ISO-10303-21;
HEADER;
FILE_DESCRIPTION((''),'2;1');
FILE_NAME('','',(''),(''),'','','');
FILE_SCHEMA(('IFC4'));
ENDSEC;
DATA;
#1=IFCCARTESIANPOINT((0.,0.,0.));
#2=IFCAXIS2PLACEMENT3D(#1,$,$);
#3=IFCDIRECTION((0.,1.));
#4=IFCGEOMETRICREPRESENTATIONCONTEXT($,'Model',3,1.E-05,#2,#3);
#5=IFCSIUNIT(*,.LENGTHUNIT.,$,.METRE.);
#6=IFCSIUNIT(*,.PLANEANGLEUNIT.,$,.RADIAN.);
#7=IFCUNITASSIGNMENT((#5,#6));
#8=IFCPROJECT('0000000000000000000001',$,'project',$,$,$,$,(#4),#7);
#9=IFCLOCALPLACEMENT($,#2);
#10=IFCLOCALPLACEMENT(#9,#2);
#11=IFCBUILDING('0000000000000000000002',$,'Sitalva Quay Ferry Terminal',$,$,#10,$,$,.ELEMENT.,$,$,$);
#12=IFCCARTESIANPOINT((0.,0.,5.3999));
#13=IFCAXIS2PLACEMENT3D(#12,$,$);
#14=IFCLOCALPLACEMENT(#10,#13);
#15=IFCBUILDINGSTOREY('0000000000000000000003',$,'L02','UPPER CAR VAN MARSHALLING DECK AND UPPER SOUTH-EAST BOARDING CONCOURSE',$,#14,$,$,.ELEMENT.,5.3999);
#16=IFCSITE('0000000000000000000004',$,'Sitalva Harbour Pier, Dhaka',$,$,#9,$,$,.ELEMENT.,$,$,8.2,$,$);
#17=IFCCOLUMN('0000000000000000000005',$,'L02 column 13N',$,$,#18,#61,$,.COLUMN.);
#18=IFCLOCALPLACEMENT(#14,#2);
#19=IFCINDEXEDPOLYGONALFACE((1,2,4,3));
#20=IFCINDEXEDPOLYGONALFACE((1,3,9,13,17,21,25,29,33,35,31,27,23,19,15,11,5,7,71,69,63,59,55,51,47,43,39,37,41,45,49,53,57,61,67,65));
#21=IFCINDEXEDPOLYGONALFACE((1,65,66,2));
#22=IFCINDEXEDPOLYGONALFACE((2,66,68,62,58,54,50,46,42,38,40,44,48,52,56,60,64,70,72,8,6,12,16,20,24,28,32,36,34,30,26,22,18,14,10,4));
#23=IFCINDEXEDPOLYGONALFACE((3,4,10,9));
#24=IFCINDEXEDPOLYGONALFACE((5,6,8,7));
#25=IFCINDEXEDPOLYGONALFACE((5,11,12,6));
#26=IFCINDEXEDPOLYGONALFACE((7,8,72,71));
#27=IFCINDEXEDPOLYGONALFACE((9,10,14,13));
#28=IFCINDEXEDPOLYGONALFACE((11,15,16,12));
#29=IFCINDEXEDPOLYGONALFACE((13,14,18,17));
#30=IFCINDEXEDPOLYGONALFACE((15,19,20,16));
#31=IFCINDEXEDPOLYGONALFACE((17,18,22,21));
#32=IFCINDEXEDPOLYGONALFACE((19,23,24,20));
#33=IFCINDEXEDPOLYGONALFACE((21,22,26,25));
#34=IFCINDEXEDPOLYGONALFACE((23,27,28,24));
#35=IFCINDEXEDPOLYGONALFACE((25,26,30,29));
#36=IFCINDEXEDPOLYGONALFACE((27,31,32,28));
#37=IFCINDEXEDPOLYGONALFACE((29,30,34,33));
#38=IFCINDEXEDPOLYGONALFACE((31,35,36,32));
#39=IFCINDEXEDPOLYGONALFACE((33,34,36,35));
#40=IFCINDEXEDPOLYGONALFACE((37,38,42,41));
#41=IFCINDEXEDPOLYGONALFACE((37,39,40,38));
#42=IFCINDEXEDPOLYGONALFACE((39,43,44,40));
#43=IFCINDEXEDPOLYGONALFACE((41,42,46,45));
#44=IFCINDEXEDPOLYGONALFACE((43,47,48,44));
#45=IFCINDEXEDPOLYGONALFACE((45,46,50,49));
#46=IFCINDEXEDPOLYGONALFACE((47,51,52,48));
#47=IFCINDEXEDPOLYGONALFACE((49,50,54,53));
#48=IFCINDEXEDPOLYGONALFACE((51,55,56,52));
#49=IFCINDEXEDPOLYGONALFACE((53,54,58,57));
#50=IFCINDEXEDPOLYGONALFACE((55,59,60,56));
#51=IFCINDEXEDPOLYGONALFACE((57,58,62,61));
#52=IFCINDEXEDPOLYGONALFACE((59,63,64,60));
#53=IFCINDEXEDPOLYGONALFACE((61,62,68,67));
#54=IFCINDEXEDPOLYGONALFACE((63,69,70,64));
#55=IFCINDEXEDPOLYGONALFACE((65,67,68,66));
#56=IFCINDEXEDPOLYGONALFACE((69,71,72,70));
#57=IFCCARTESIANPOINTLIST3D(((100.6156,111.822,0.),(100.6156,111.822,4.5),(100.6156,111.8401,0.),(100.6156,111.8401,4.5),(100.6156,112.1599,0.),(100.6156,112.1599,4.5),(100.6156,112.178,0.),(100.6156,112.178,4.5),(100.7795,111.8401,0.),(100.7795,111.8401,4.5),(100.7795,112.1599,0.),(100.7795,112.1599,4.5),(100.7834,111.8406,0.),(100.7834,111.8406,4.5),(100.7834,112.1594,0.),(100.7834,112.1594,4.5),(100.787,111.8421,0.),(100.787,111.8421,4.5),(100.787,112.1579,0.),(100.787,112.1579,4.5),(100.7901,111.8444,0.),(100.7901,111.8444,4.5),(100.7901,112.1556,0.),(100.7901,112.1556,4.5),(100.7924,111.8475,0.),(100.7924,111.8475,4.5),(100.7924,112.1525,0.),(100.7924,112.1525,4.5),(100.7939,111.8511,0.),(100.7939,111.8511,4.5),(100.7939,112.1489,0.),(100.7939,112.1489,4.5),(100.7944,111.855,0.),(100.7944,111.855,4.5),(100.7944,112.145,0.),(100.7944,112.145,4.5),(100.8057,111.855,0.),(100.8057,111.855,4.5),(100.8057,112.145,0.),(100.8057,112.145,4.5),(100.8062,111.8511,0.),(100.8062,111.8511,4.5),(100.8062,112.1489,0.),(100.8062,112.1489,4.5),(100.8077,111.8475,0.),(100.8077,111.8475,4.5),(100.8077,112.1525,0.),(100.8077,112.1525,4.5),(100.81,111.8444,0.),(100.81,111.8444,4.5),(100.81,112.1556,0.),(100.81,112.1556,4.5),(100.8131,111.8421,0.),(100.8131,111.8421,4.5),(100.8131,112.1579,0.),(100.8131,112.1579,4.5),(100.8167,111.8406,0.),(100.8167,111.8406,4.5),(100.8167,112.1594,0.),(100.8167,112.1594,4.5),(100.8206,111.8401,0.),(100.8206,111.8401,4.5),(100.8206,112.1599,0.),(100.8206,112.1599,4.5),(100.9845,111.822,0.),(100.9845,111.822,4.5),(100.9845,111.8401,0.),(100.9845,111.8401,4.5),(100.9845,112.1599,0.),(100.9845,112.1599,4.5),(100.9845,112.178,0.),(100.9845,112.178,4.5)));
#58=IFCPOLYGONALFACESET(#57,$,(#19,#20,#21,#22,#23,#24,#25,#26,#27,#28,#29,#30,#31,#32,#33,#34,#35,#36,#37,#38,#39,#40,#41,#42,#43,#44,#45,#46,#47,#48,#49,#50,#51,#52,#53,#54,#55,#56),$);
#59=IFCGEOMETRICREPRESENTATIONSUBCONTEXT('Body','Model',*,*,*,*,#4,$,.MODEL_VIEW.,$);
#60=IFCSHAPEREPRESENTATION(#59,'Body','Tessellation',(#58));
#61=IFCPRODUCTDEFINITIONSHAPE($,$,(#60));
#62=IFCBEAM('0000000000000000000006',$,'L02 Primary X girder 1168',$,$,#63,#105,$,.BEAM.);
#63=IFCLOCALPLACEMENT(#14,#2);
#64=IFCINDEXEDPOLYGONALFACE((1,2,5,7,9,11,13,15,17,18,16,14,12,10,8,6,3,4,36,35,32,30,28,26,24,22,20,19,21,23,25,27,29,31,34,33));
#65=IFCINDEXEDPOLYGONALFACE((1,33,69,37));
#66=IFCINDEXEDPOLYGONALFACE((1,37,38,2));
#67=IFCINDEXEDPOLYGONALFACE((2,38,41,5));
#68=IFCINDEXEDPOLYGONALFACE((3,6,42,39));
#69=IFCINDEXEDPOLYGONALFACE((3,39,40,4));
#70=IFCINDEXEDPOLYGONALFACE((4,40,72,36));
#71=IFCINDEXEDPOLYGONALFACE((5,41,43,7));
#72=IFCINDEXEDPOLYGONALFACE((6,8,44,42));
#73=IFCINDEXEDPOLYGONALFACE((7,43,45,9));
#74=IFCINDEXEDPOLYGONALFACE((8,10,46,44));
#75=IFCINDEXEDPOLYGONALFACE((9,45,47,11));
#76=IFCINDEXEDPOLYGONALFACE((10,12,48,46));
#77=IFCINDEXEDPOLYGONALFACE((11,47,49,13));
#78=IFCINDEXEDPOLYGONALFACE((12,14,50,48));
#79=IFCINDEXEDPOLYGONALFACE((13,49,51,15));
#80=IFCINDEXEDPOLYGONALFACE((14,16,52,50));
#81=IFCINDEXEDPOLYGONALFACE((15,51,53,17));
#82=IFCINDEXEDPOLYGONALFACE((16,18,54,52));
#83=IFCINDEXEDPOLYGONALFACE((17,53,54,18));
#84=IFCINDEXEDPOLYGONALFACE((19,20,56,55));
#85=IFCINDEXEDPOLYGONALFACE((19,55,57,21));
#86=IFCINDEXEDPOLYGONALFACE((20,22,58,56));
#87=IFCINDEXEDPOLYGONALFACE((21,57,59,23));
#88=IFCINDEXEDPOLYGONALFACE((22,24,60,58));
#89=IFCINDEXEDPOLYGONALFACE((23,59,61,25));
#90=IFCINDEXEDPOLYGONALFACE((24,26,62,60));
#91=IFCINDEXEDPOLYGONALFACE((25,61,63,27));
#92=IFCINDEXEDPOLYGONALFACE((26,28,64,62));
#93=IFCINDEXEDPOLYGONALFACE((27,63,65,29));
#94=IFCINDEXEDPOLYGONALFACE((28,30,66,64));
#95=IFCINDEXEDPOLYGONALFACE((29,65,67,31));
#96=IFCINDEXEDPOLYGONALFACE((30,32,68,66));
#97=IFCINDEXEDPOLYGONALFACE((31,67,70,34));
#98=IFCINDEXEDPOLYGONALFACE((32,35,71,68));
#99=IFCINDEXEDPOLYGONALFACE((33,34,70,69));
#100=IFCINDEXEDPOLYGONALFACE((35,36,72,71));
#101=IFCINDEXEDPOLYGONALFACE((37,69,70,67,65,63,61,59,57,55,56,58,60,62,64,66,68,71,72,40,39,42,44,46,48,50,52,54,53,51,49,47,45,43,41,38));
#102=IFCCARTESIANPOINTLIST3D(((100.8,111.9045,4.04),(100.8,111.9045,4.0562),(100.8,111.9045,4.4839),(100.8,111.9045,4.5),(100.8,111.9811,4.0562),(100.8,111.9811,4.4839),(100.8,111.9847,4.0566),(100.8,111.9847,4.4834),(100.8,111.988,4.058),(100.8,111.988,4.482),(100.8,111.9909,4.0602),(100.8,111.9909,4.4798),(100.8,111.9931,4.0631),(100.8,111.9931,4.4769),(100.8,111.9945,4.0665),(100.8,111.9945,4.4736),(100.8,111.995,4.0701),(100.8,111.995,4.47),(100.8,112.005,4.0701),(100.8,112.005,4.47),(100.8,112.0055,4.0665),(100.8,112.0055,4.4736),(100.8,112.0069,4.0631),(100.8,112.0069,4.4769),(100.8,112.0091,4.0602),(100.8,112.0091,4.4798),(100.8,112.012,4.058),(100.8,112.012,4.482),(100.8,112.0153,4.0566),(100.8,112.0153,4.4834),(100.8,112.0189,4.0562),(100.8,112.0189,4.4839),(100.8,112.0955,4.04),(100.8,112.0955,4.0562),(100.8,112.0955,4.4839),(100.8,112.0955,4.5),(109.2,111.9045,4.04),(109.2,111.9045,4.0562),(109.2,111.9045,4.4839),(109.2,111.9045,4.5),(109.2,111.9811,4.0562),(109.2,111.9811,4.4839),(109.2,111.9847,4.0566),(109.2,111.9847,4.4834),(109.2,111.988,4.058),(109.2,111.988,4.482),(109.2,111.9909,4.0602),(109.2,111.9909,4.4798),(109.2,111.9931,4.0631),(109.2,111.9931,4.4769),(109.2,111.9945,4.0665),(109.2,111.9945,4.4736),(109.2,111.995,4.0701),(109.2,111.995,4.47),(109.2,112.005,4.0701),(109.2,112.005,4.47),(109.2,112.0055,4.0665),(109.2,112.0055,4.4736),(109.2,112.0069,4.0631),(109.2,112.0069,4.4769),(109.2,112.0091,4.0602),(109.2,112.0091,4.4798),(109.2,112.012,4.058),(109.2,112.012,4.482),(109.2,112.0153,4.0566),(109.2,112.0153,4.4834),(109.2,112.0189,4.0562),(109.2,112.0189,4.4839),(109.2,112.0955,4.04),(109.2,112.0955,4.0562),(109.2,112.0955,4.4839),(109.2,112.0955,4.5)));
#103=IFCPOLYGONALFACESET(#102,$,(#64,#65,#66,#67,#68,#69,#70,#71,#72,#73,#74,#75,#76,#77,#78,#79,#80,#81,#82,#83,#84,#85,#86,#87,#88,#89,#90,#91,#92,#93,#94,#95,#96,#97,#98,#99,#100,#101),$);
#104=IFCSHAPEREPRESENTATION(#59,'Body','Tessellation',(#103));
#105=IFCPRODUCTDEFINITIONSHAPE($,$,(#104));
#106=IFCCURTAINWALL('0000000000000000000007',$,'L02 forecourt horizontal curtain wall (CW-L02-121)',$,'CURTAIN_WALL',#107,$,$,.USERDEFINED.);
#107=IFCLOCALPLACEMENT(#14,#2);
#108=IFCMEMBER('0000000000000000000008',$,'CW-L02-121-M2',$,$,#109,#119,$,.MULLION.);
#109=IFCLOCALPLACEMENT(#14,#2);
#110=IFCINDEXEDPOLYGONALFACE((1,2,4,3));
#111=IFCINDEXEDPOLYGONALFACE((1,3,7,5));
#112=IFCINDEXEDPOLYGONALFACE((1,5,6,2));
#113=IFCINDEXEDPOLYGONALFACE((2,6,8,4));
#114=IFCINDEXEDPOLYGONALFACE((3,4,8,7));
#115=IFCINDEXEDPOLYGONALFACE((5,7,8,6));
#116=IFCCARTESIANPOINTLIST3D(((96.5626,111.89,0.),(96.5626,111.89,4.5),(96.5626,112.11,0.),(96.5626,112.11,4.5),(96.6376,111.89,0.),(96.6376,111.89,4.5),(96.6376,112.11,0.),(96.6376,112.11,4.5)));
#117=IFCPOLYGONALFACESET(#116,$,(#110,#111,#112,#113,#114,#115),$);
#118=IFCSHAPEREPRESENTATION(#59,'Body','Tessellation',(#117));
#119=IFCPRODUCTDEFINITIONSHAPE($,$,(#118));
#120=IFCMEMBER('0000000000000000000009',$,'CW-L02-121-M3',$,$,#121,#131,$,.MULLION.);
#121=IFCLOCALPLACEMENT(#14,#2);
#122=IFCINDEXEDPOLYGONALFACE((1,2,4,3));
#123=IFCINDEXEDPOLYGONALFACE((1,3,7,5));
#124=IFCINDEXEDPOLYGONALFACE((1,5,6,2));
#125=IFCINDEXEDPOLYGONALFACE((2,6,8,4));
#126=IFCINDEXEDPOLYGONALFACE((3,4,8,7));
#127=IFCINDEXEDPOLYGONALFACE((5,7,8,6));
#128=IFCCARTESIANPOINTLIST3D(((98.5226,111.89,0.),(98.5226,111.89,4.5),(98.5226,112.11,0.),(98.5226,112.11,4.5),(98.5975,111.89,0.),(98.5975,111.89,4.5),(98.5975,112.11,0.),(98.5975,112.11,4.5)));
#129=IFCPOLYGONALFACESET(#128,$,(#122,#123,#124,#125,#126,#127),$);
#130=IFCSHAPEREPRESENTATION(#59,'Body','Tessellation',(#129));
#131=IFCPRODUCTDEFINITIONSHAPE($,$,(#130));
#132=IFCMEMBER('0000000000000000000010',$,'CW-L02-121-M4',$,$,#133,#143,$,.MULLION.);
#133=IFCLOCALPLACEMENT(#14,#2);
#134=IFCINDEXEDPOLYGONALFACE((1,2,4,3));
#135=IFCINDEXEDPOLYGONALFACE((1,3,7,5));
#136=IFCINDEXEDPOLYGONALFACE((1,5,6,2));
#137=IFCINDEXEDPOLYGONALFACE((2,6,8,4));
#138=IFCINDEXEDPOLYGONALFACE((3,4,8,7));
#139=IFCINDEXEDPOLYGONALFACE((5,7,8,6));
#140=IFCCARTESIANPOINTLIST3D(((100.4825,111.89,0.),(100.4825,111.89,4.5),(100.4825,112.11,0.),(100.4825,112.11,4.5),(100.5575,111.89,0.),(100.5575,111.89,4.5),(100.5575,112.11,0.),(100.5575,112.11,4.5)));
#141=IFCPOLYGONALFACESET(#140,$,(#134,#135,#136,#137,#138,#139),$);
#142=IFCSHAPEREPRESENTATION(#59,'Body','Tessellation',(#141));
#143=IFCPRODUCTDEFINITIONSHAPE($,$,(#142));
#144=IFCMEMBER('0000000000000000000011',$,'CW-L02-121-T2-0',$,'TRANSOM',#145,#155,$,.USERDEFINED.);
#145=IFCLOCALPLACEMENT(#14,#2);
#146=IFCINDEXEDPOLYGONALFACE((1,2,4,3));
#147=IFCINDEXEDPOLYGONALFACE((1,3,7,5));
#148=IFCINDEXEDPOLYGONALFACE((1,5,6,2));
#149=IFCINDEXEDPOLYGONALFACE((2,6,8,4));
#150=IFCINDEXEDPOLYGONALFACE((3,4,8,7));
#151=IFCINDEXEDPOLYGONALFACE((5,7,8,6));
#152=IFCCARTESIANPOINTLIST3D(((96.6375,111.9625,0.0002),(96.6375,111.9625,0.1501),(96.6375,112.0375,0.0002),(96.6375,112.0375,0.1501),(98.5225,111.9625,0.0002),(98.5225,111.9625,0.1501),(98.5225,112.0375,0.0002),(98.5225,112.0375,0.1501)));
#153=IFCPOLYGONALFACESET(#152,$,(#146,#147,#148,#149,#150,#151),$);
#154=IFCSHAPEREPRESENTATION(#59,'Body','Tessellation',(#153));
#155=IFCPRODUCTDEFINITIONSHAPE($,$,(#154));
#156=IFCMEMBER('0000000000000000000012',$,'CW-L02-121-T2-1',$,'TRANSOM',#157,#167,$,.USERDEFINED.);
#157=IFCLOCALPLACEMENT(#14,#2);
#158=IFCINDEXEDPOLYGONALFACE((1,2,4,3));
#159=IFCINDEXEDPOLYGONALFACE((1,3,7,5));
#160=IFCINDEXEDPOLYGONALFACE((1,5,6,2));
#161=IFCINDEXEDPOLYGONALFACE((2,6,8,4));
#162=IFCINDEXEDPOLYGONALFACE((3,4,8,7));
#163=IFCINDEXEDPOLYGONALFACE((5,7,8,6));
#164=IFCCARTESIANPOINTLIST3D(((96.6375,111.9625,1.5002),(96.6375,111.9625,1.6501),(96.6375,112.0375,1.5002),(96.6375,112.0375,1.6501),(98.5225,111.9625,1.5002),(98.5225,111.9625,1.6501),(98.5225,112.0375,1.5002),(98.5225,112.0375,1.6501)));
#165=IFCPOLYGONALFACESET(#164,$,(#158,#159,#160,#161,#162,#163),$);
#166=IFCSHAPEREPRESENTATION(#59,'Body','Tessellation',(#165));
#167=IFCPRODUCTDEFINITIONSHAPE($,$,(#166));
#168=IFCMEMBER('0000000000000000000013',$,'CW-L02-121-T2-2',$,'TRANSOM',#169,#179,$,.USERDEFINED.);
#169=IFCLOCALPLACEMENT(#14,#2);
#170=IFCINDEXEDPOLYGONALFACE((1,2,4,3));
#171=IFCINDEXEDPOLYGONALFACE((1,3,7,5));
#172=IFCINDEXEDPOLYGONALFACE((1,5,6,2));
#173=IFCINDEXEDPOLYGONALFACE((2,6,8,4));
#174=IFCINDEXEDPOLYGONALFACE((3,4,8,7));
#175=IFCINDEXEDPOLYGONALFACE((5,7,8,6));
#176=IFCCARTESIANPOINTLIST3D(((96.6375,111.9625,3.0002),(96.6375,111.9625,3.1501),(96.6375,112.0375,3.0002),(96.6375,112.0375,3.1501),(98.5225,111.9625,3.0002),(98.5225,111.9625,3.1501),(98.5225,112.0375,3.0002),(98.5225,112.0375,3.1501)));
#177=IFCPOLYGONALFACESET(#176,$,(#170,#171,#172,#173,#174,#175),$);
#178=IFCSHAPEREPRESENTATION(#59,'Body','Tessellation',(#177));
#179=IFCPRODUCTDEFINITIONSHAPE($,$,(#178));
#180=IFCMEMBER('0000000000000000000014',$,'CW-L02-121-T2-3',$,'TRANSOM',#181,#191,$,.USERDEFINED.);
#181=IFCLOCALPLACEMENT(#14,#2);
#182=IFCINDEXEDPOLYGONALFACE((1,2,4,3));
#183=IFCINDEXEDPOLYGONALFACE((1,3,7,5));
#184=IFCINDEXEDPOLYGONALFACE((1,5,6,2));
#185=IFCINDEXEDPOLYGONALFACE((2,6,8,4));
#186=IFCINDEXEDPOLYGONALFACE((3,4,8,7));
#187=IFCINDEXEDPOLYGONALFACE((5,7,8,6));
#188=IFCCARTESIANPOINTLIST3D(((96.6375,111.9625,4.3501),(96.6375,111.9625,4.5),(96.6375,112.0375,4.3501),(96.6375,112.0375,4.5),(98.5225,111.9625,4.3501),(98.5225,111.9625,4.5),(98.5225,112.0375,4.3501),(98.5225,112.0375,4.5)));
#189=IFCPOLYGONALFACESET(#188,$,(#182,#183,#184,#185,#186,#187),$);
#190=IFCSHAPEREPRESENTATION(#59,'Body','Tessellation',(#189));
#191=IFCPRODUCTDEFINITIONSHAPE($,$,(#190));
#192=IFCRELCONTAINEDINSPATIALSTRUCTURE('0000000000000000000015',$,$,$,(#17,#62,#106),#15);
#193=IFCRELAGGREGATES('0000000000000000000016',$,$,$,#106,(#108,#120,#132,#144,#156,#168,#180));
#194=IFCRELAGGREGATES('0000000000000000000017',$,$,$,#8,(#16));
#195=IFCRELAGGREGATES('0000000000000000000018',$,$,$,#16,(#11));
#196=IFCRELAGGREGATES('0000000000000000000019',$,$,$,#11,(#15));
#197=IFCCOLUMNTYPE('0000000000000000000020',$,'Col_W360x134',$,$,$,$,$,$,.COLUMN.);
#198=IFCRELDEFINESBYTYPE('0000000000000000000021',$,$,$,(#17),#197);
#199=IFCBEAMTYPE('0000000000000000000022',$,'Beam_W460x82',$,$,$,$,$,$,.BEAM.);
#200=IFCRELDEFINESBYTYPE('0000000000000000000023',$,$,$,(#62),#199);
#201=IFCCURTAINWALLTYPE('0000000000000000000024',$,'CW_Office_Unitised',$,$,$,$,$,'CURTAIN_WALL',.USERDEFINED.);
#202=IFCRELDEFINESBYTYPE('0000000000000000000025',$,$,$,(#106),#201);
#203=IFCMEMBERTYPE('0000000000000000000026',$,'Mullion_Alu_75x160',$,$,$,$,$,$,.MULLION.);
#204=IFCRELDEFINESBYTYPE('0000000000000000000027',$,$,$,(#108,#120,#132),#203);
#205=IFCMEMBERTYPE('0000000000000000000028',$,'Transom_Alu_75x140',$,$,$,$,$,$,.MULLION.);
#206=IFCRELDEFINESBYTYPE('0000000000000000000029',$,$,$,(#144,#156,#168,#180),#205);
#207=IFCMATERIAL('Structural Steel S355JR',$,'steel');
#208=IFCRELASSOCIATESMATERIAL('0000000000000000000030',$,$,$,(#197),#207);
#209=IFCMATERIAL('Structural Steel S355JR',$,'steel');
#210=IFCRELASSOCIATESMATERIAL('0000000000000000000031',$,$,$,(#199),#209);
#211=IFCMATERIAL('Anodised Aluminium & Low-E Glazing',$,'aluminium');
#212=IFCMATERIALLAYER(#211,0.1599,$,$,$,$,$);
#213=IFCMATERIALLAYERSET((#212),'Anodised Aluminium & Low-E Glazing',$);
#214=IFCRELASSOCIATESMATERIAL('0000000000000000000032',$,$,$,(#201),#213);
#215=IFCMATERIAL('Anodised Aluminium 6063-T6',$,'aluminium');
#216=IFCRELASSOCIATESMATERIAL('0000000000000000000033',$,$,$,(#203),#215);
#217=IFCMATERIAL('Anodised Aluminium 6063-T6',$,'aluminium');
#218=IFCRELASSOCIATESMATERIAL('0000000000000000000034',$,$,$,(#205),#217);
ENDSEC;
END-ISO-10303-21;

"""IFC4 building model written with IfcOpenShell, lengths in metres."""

from ifc_helpers import new_model, si_unit, direction, frame, origin, origin_2d, place, context, subcontext, project, spatial, rectangle, i_section, extrude, material, layer, layer_set, material_profile, profile_set, type_object, element, aggregate, save


model = new_model("IFC4")

# Units and contexts
model_context = context("Model", 3, precision=1e-05, world=origin(), true_north=direction((0.0, 1.0)))
body_context = subcontext(model_context, "Body", "Model", "MODEL_VIEW")
ifc_project = project(units=[si_unit("LENGTHUNIT", "METRE"), si_unit("PLANEANGLEUNIT", "RADIAN")], contexts=[model_context])

# Site, building, storey
site_placement = place(None, origin())
site = spatial("IfcSite", under=ifc_project, at=site_placement, Name="Sitalva Harbour Pier, Dhaka", CompositionType="ELEMENT", RefElevation=8.2)
building_placement = place(site_placement, origin())
building = spatial("IfcBuilding", under=site, at=building_placement, Name="Sitalva Quay Ferry Terminal", CompositionType="ELEMENT")
storey_placement = place(building_placement, frame((0.0, 0.0, 5.3999)))
storey = spatial("IfcBuildingStorey", under=building, at=storey_placement, Name="L02", Description="UPPER CAR VAN MARSHALLING DECK AND UPPER SOUTH-EAST BOARDING CONCOURSE", CompositionType="ELEMENT", Elevation=5.3999)

# Column
ifc_material_1 = material(Name="Structural Steel S355JR", Category="steel")
ifc_material_profile_1 = material_profile(ifc_material_1, i_section(OverallWidth=0.3689, OverallDepth=0.356, WebThickness=0.0112, FlangeThickness=0.0181, FilletRadius=0.0149, at=origin_2d()), Name="W360x134")
ifc_profile_set_1 = profile_set([ifc_material_profile_1], Name="Structural Steel S355JR")
column_type = type_object("IfcColumnType", Name="Col_W360x134", PredefinedType="COLUMN", material=ifc_profile_set_1)
column_placement = place(storey_placement, frame((100.8, 112.0, 0.0), z_axis=(0.0, 0.0, 1.0), x_axis=(1.0, 0.0, 0.0)))
element("IfcColumn", 1, at=column_placement, inside=storey, type_object=column_type, Name="L02 column 13N", PredefinedType="COLUMN", context=body_context, shape_type="SweptSolid", body=[
    extrude(i_section(OverallWidth=0.3689, OverallDepth=0.356, WebThickness=0.0112, FlangeThickness=0.0181, FilletRadius=0.0149, at=origin_2d()), origin(), (0.0, 0.0, 1.0), 4.5),
])

# Beam
ifc_material_2 = material(Name="Structural Steel S355JR", Category="steel")
ifc_material_profile_2 = material_profile(ifc_material_2, i_section(OverallWidth=0.1909, OverallDepth=0.46, WebThickness=0.01, FlangeThickness=0.0161, FilletRadius=0.0139, at=origin_2d()), Name="W460x82")
ifc_profile_set_2 = profile_set([ifc_material_profile_2], Name="Structural Steel S355JR")
beam_type = type_object("IfcBeamType", Name="Beam_W460x82", PredefinedType="BEAM", material=ifc_profile_set_2)
beam_placement = place(storey_placement, frame((100.8, 112.0, 4.27), z_axis=(1.0, 0.0, 0.0), x_axis=(0.0, 1.0, 0.0)))
element("IfcBeam", 2, at=beam_placement, inside=storey, type_object=beam_type, Name="L02 Primary X girder 1168", PredefinedType="BEAM", context=body_context, shape_type="SweptSolid", body=[
    extrude(i_section(OverallWidth=0.1909, OverallDepth=0.46, WebThickness=0.01, FlangeThickness=0.0161, FilletRadius=0.0139, at=origin_2d()), origin(), (0.0, 0.0, 1.0), 8.3999),
])

# Curtain wall, members
ifc_material_3 = material(Name="Anodised Aluminium & Low-E Glazing", Category="aluminium")
ifc_layer_1 = layer(ifc_material_3, 0.1599)
ifc_layer_set_1 = layer_set([ifc_layer_1], Name="Anodised Aluminium & Low-E Glazing")
curtain_wall_type = type_object("IfcCurtainWallType", Name="CW_Office_Unitised", ElementType="CURTAIN_WALL", PredefinedType="USERDEFINED", material=ifc_layer_set_1)
curtain_wall_placement = place(storey_placement, origin())
curtain_wall = element("IfcCurtainWall", 3, at=curtain_wall_placement, inside=storey, type_object=curtain_wall_type, Name="L02 forecourt horizontal curtain wall (CW-L02-121)", ObjectType="CURTAIN_WALL", PredefinedType="USERDEFINED")
ifc_material_4 = material(Name="Anodised Aluminium 6063-T6", Category="aluminium")
ifc_material_profile_3 = material_profile(ifc_material_4, rectangle(XDim=0.075, YDim=0.22, at=origin_2d()), Name="ALU75x220")
ifc_profile_set_3 = profile_set([ifc_material_profile_3], Name="Anodised Aluminium 6063-T6")
member_type_1 = type_object("IfcMemberType", Name="Mullion_Alu_75x160", PredefinedType="MULLION", material=ifc_profile_set_3)
member_1_placement = place(storey_placement, frame((96.6001, 112.0, 0.0), z_axis=(0.0, 0.0, 1.0), x_axis=(1.0, 0.0, 0.0)))
member_1 = element("IfcMember", 4, at=member_1_placement, type_object=member_type_1, Name="CW-L02-121-M2", PredefinedType="MULLION", context=body_context, shape_type="SweptSolid", body=[
    extrude(rectangle(XDim=0.075, YDim=0.22, at=origin_2d()), origin(), (0.0, 0.0, 1.0), 4.5),
])
member_2_placement = place(storey_placement, frame((98.5601, 112.0, 0.0), z_axis=(0.0, 0.0, 1.0), x_axis=(1.0, 0.0, 0.0)))
member_2 = element("IfcMember", 5, at=member_2_placement, type_object=member_type_1, Name="CW-L02-121-M3", PredefinedType="MULLION", context=body_context, shape_type="SweptSolid", body=[
    extrude(rectangle(XDim=0.075, YDim=0.22, at=origin_2d()), origin(), (0.0, 0.0, 1.0), 4.5),
])
member_3_placement = place(storey_placement, frame((100.52, 112.0, 0.0), z_axis=(0.0, 0.0, 1.0), x_axis=(1.0, 0.0, 0.0)))
member_3 = element("IfcMember", 6, at=member_3_placement, type_object=member_type_1, Name="CW-L02-121-M4", PredefinedType="MULLION", context=body_context, shape_type="SweptSolid", body=[
    extrude(rectangle(XDim=0.075, YDim=0.22, at=origin_2d()), origin(), (0.0, 0.0, 1.0), 4.5),
])
ifc_material_5 = material(Name="Anodised Aluminium 6063-T6", Category="aluminium")
ifc_material_profile_4 = material_profile(ifc_material_5, rectangle(XDim=0.075, YDim=0.1499, at=origin_2d()), Name="ALU75x150")
ifc_profile_set_4 = profile_set([ifc_material_profile_4], Name="Anodised Aluminium 6063-T6")
member_type_2 = type_object("IfcMemberType", Name="Transom_Alu_75x140", PredefinedType="MULLION", material=ifc_profile_set_4)
member_4_placement = place(storey_placement, frame((96.6375, 112.0, 0.0752), z_axis=(1.0, 0.0, 0.0), x_axis=(0.0, 1.0, 0.0)))
member_4 = element("IfcMember", 7, at=member_4_placement, type_object=member_type_2, Name="CW-L02-121-T2-0", ObjectType="TRANSOM", PredefinedType="USERDEFINED", context=body_context, shape_type="SweptSolid", body=[
    extrude(rectangle(XDim=0.075, YDim=0.1499, at=origin_2d()), origin(), (0.0, 0.0, 1.0), 1.885),
])
member_5_placement = place(storey_placement, frame((96.6375, 112.0, 1.5752), z_axis=(1.0, 0.0, 0.0), x_axis=(0.0, 1.0, 0.0)))
member_5 = element("IfcMember", 8, at=member_5_placement, type_object=member_type_2, Name="CW-L02-121-T2-1", ObjectType="TRANSOM", PredefinedType="USERDEFINED", context=body_context, shape_type="SweptSolid", body=[
    extrude(rectangle(XDim=0.075, YDim=0.1499, at=origin_2d()), origin(), (0.0, 0.0, 1.0), 1.885),
])
member_6_placement = place(storey_placement, frame((96.6375, 112.0, 3.0752), z_axis=(1.0, 0.0, 0.0), x_axis=(0.0, 1.0, 0.0)))
member_6 = element("IfcMember", 9, at=member_6_placement, type_object=member_type_2, Name="CW-L02-121-T2-2", ObjectType="TRANSOM", PredefinedType="USERDEFINED", context=body_context, shape_type="SweptSolid", body=[
    extrude(rectangle(XDim=0.075, YDim=0.1499, at=origin_2d()), origin(), (0.0, 0.0, 1.0), 1.885),
])
member_7_placement = place(storey_placement, frame((96.6375, 112.0, 4.425), z_axis=(1.0, 0.0, 0.0), x_axis=(0.0, 1.0, 0.0)))
member_7 = element("IfcMember", 10, at=member_7_placement, type_object=member_type_2, Name="CW-L02-121-T2-3", ObjectType="TRANSOM", PredefinedType="USERDEFINED", context=body_context, shape_type="SweptSolid", body=[
    extrude(rectangle(XDim=0.075, YDim=0.1499, at=origin_2d()), origin(), (0.0, 0.0, 1.0), 1.885),
])
aggregate(curtain_wall, [member_1, member_2, member_3, member_4, member_5, member_6, member_7])

save(model, "model.ifc")
